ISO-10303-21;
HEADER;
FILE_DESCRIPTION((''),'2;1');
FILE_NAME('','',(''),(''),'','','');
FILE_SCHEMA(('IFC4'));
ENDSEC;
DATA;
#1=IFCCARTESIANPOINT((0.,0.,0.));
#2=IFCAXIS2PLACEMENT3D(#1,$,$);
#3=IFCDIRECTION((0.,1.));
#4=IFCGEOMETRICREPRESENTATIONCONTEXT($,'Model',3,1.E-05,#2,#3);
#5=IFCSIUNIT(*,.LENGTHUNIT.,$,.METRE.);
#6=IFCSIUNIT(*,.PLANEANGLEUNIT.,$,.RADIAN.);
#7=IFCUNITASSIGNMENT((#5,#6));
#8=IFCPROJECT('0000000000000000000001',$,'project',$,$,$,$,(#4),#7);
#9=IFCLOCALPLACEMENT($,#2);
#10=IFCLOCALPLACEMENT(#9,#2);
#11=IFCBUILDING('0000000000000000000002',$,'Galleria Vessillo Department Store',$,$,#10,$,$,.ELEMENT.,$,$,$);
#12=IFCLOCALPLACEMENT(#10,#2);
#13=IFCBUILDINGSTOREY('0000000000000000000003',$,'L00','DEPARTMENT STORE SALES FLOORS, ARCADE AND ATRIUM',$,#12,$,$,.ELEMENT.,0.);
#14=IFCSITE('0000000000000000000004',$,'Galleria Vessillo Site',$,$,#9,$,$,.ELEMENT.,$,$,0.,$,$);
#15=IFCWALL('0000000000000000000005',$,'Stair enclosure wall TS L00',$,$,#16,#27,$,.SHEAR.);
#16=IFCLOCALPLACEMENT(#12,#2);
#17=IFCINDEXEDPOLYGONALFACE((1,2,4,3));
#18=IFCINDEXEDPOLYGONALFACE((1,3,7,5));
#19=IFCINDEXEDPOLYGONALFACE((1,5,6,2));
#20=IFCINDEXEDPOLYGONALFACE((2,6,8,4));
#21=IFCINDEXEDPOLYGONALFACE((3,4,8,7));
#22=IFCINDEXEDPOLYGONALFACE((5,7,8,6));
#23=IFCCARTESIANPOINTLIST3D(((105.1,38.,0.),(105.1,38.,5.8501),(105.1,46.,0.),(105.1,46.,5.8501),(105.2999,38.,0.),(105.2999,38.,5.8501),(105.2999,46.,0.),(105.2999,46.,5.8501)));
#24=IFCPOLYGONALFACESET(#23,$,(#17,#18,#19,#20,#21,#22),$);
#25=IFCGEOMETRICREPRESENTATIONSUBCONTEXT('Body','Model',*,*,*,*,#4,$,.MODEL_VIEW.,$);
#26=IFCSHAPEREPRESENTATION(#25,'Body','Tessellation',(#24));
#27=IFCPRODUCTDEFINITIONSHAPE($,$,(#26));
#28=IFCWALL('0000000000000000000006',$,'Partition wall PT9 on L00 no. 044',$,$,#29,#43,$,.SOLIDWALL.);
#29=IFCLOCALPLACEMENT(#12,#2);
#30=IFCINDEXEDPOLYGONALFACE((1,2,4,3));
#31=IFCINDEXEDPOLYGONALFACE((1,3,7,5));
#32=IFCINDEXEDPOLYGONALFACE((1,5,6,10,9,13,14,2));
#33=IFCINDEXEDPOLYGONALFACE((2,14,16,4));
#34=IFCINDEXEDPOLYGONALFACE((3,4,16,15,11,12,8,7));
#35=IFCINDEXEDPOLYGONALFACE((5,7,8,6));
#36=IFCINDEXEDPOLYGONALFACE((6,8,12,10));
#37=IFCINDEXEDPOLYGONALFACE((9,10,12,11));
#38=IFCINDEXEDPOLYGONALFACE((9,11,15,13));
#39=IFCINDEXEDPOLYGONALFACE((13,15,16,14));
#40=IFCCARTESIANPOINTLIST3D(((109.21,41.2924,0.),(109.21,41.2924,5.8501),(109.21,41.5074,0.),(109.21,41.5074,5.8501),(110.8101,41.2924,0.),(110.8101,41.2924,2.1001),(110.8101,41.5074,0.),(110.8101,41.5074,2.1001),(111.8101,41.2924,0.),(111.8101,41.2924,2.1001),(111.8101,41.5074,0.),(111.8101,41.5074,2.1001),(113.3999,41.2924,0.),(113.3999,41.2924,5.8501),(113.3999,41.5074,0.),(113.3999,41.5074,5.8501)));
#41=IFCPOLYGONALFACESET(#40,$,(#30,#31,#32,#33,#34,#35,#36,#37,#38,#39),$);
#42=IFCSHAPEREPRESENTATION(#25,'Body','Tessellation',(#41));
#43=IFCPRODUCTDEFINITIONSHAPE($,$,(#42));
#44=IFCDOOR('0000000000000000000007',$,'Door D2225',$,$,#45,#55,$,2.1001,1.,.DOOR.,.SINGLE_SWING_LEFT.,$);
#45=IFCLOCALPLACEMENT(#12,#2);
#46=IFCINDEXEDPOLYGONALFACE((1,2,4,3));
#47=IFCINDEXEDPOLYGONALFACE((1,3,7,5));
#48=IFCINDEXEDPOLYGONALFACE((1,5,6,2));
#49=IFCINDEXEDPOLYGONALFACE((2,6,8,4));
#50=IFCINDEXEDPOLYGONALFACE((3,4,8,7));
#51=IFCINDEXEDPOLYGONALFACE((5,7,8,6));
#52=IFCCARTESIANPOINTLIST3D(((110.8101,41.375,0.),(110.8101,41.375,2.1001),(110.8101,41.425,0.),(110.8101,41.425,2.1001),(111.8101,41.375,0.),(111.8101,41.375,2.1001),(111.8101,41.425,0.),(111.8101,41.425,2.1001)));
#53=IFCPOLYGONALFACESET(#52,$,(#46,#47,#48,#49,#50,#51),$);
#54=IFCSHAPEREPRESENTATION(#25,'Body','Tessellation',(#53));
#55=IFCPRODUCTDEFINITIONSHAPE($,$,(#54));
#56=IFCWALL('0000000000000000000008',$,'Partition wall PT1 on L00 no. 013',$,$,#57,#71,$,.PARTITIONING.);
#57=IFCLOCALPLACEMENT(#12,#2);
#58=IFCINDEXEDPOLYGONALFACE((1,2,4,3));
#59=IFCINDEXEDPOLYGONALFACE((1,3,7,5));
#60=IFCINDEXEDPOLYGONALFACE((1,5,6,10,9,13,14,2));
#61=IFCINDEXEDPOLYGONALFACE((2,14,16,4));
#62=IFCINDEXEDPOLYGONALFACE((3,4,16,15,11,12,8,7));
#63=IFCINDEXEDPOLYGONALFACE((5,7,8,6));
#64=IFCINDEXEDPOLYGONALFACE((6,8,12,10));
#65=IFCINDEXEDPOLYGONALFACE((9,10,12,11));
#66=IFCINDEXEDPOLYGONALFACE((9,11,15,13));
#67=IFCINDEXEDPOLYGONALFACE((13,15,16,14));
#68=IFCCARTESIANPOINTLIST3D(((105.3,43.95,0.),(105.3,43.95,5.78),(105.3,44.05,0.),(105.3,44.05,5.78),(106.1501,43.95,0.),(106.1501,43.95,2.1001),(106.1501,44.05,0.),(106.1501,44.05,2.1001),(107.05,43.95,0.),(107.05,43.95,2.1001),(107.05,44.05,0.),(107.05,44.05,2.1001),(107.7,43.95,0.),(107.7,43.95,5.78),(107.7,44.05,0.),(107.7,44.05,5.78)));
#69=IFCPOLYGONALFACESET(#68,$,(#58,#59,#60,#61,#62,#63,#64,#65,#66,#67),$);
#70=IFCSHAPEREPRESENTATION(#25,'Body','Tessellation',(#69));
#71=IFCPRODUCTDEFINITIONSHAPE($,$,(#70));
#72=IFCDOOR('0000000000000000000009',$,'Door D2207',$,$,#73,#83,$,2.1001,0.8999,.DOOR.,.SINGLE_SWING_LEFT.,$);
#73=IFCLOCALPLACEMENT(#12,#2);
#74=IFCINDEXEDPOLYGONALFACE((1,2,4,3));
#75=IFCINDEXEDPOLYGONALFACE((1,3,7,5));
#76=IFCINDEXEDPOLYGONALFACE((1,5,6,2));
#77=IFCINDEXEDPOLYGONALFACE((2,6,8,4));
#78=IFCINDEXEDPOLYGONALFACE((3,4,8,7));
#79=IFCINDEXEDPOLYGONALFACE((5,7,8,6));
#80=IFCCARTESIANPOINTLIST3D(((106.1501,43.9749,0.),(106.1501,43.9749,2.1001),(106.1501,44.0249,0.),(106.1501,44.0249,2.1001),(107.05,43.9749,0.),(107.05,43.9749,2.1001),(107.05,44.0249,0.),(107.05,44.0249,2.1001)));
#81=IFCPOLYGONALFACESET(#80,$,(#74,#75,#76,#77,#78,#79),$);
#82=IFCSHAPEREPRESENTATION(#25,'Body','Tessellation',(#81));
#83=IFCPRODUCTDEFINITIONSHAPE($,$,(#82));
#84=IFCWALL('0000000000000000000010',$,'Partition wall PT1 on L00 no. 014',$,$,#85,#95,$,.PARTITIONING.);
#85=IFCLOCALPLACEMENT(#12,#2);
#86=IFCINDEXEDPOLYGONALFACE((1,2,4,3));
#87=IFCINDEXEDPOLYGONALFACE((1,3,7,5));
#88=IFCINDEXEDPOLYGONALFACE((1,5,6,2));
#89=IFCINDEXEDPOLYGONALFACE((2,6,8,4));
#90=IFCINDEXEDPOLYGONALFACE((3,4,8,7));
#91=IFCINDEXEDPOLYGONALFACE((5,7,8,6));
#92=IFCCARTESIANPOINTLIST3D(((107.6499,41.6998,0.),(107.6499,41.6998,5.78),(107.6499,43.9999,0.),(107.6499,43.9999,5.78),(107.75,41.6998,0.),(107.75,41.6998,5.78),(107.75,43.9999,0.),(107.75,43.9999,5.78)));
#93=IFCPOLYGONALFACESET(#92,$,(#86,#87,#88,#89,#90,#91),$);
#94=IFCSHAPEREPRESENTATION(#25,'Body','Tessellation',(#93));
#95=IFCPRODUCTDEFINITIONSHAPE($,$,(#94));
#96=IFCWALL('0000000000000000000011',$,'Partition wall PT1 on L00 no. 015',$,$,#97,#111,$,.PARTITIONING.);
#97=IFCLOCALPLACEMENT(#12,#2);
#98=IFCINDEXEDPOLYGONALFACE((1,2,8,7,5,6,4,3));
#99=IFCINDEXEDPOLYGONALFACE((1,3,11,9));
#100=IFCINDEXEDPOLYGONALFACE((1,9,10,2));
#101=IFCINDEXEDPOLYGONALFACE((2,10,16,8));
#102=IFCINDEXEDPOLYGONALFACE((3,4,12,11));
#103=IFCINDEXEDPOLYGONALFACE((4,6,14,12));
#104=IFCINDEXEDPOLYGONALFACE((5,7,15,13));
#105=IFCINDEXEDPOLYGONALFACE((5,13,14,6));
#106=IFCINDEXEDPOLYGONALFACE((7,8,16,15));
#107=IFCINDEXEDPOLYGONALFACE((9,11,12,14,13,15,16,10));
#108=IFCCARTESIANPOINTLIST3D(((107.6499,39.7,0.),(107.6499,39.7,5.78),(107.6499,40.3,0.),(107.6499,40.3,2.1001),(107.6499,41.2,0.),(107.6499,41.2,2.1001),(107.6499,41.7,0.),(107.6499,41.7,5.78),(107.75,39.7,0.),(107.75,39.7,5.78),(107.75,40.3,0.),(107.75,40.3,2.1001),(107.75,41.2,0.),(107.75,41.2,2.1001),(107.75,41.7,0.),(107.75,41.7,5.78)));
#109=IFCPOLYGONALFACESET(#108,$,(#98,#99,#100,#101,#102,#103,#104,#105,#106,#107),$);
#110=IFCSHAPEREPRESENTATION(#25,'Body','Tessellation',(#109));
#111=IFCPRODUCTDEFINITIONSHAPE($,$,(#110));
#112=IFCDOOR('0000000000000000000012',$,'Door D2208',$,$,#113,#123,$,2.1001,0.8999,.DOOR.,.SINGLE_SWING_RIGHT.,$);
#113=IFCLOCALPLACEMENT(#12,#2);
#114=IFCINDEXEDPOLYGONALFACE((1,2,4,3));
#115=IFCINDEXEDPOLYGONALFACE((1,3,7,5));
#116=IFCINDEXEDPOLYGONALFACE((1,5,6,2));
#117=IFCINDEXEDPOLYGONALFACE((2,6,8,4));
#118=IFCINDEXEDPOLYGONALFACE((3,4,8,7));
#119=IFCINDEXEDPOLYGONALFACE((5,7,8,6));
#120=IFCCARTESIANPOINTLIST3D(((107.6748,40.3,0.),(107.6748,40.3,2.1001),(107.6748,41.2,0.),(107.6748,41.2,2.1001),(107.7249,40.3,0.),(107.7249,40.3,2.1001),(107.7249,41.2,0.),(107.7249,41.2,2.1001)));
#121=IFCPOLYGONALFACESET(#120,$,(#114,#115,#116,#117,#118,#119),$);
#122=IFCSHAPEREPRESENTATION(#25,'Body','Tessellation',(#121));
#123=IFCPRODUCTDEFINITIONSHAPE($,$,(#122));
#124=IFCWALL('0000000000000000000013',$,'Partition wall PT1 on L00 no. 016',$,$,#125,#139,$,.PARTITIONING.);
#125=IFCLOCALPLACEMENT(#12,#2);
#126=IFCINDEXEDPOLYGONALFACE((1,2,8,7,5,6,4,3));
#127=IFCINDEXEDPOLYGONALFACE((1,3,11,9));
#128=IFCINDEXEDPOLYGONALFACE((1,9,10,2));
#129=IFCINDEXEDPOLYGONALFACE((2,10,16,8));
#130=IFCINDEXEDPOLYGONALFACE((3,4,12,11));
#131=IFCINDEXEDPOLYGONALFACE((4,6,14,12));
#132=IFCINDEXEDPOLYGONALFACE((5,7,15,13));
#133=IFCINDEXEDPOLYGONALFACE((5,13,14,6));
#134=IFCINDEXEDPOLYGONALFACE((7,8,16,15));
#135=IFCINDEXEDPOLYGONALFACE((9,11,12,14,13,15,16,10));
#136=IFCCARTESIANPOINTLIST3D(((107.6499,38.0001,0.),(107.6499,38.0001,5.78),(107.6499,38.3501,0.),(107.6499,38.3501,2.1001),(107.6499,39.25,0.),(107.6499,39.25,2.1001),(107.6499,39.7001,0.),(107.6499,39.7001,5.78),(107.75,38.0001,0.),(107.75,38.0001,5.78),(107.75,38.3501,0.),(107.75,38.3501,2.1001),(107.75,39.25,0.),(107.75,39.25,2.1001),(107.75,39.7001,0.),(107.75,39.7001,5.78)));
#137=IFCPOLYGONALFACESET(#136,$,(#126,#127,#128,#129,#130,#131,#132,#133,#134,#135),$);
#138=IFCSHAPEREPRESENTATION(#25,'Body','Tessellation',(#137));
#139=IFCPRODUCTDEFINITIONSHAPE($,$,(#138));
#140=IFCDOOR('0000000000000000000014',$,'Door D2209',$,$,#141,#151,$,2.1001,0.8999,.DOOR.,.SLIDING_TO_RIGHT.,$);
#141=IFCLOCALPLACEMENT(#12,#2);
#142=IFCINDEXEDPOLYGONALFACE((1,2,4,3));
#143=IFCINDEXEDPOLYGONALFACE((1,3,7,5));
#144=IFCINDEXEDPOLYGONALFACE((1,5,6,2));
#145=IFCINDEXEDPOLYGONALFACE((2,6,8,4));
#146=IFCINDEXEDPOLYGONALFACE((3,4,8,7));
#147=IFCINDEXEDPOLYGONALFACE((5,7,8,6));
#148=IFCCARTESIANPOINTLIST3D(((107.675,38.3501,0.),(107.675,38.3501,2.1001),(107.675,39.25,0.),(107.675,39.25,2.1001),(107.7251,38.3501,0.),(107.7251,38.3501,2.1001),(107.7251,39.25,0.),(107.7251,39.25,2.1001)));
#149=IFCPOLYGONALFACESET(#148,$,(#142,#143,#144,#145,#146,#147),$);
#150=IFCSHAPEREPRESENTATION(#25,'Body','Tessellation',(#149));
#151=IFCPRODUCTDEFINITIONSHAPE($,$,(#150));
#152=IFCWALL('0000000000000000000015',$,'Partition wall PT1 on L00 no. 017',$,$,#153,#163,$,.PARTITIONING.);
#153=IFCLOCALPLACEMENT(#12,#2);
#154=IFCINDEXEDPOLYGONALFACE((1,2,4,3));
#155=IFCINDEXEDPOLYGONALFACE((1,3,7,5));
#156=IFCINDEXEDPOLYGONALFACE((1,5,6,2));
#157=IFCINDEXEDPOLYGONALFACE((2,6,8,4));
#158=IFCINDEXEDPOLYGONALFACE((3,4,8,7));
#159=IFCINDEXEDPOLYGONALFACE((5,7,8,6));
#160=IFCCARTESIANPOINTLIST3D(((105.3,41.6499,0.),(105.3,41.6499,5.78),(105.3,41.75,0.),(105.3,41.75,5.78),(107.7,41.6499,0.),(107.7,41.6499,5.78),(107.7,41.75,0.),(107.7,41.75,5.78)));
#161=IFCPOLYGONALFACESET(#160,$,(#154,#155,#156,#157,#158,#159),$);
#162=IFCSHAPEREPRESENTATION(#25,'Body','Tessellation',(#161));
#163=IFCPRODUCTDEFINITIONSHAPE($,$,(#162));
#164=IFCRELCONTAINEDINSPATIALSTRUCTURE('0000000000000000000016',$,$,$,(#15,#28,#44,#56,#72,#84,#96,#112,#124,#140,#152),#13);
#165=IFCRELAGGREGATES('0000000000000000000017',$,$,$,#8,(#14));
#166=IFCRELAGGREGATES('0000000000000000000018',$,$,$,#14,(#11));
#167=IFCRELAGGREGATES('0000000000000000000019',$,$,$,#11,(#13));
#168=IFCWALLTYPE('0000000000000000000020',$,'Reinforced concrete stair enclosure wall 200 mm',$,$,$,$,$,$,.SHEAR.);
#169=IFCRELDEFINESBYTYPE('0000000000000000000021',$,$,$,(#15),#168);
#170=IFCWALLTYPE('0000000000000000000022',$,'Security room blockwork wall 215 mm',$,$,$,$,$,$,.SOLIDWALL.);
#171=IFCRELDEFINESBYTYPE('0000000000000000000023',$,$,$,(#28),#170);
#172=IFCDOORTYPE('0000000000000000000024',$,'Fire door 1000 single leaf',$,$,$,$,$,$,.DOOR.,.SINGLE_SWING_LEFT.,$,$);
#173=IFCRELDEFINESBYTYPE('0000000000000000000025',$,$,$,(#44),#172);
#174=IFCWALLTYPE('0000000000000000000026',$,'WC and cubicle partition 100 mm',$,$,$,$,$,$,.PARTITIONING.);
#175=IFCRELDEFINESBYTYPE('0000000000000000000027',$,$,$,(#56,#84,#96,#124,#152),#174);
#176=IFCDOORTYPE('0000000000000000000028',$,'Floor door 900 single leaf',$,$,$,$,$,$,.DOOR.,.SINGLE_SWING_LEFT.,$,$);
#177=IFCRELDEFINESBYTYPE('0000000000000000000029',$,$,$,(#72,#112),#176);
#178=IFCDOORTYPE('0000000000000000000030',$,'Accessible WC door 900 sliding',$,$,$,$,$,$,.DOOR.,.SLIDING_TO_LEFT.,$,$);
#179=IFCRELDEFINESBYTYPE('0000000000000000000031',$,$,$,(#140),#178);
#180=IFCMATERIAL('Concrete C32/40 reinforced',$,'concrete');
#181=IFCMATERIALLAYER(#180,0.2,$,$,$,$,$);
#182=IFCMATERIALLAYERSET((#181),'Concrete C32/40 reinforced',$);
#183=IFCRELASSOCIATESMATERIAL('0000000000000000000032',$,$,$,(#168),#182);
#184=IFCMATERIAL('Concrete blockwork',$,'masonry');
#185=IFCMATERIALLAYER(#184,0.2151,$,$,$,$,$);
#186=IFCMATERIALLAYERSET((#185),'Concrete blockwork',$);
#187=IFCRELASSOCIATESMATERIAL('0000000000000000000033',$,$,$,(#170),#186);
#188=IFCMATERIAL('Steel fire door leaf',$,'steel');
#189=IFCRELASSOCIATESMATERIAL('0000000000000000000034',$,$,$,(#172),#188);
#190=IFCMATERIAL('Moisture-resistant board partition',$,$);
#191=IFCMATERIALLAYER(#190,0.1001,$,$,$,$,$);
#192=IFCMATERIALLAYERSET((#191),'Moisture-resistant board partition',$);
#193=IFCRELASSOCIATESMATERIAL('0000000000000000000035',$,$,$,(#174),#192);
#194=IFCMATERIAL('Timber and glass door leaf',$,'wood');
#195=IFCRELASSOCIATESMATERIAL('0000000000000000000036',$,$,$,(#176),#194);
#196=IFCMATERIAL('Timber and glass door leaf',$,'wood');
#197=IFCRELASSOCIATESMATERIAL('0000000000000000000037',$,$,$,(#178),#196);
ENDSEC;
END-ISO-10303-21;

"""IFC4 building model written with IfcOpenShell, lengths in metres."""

from ifc_helpers import new_model, si_unit, direction, frame, frame_2d, origin, place, context, subcontext, project, spatial, rectangle, extrude, material, layer, layer_set, type_object, element, fill, save


model = new_model("IFC4")

# Units and contexts
model_context = context("Model", 3, precision=1e-05, world=origin(), true_north=direction((0.0, 1.0)))
body_context = subcontext(model_context, "Body", "Model", "MODEL_VIEW")
ifc_project = project(units=[si_unit("LENGTHUNIT", "METRE"), si_unit("PLANEANGLEUNIT", "RADIAN")], contexts=[model_context])

# Site, building, storey
site_placement = place(None, origin())
site = spatial("IfcSite", under=ifc_project, at=site_placement, Name="Galleria Vessillo Site", CompositionType="ELEMENT", RefElevation=0.0)
building_placement = place(site_placement, origin())
building = spatial("IfcBuilding", under=site, at=building_placement, Name="Galleria Vessillo Department Store", CompositionType="ELEMENT")
storey_placement = place(building_placement, origin())
storey = spatial("IfcBuildingStorey", under=building, at=storey_placement, Name="L00", Description="DEPARTMENT STORE SALES FLOORS, ARCADE AND ATRIUM", CompositionType="ELEMENT", Elevation=0.0)

# Wall
ifc_material_1 = material(Name="Concrete C32/40 reinforced", Category="concrete")
ifc_layer_1 = layer(ifc_material_1, 0.2)
ifc_layer_set_1 = layer_set([ifc_layer_1], Name="Concrete C32/40 reinforced")
wall_type_1 = type_object("IfcWallType", Name="Reinforced concrete stair enclosure wall 200 mm", PredefinedType="SHEAR", material=ifc_layer_set_1)
wall_1_placement = place(storey_placement, frame((105.2, 38.0, 0.0), z_axis=(0.0, 0.0, 1.0), x_axis=(0.0, 1.0, 0.0)))
element("IfcWall", 1, at=wall_1_placement, inside=storey, type_object=wall_type_1, Name="Stair enclosure wall TS L00", PredefinedType="SHEAR", context=body_context, shape_type="SweptSolid", body=[
    extrude(rectangle(XDim=8.0, YDim=0.2, at=frame_2d((4.0, 0.0))), origin(), (0.0, 0.0, 1.0), 5.8501),
])

# Walls, openings, doors
ifc_material_2 = material(Name="Concrete blockwork", Category="masonry")
ifc_layer_2 = layer(ifc_material_2, 0.2151)
ifc_layer_set_2 = layer_set([ifc_layer_2], Name="Concrete blockwork")
wall_type_2 = type_object("IfcWallType", Name="Security room blockwork wall 215 mm", PredefinedType="SOLIDWALL", material=ifc_layer_set_2)
wall_2_placement = place(storey_placement, frame((109.21, 41.3999, 0.0), z_axis=(0.0, 0.0, 1.0), x_axis=(1.0, 0.0, 0.0)))
wall_2 = element("IfcWall", 2, at=wall_2_placement, inside=storey, type_object=wall_type_2, Name="Partition wall PT9 on L00 no. 044", PredefinedType="SOLIDWALL", context=body_context, shape_type="SweptSolid", body=[
    extrude(rectangle(XDim=4.1899, YDim=0.2151, at=frame_2d((2.095, 0.0))), origin(), (0.0, 0.0, 1.0), 5.8501),
])
opening_1_placement = place(wall_2_placement, frame((1.6001, 0.0, 0.0)))
opening_1 = element("IfcOpeningElement", 3, at=opening_1_placement, cuts=wall_2, PredefinedType="OPENING", context=body_context, shape_type="SweptSolid", body=[
    extrude(rectangle(XDim=1.0, YDim=2.1001, at=frame_2d((0.5, 1.05))), frame((0.0, 0.1177, 0.0), z_axis=(0.0, -1.0, 0.0), x_axis=(1.0, 0.0, 0.0)), (0.0, 0.0, 1.0), 0.2351),
])
ifc_material_3 = material(Name="Steel fire door leaf", Category="steel")
door_type_1 = type_object("IfcDoorType", Name="Fire door 1000 single leaf", OperationType="SINGLE_SWING_LEFT", PredefinedType="DOOR", material=ifc_material_3)
door_1_placement = place(opening_1_placement, frame((1.0, 0.0, 0.0), z_axis=(0.0, 0.0, 1.0), x_axis=(-1.0, 0.0, 0.0)))
door_1 = element("IfcDoor", 4, at=door_1_placement, inside=storey, type_object=door_type_1, Name="Door D2225", OperationType="SINGLE_SWING_LEFT", OverallHeight=2.1001, OverallWidth=1.0, PredefinedType="DOOR", context=body_context, shape_type="SweptSolid", body=[
    extrude(rectangle(XDim=1.0, YDim=2.1001, at=frame_2d((0.5, 1.05))), frame((0.0, 0.0249, 0.0), z_axis=(0.0, -1.0, 0.0), x_axis=(1.0, 0.0, 0.0)), (0.0, 0.0, 1.0), 0.05),
])
fill(opening_1, door_1)
ifc_material_4 = material(Name="Moisture-resistant board partition")
ifc_layer_3 = layer(ifc_material_4, 0.1001)
ifc_layer_set_3 = layer_set([ifc_layer_3], Name="Moisture-resistant board partition")
wall_type_3 = type_object("IfcWallType", Name="WC and cubicle partition 100 mm", PredefinedType="PARTITIONING", material=ifc_layer_set_3)
wall_3_placement = place(storey_placement, frame((105.3, 44.0, 0.0), z_axis=(0.0, 0.0, 1.0), x_axis=(1.0, 0.0, 0.0)))
wall_3 = element("IfcWall", 5, at=wall_3_placement, inside=storey, type_object=wall_type_3, Name="Partition wall PT1 on L00 no. 013", PredefinedType="PARTITIONING", context=body_context, shape_type="SweptSolid", body=[
    extrude(rectangle(XDim=2.3999, YDim=0.1001, at=frame_2d((1.2, 0.0))), origin(), (0.0, 0.0, 1.0), 5.78),
])
opening_2_placement = place(wall_3_placement, frame((0.8501, 0.0, 0.0)))
opening_2 = element("IfcOpeningElement", 6, at=opening_2_placement, cuts=wall_3, PredefinedType="OPENING", context=body_context, shape_type="SweptSolid", body=[
    extrude(rectangle(XDim=0.8999, YDim=2.1001, at=frame_2d((0.45, 1.05))), frame((0.0, 0.0601, 0.0), z_axis=(0.0, -1.0, 0.0), x_axis=(1.0, 0.0, 0.0)), (0.0, 0.0, 1.0), 0.1201),
])
ifc_material_5 = material(Name="Timber and glass door leaf", Category="wood")
door_type_2 = type_object("IfcDoorType", Name="Floor door 900 single leaf", OperationType="SINGLE_SWING_LEFT", PredefinedType="DOOR", material=ifc_material_5)
door_2_placement = place(opening_2_placement, origin())
door_2 = element("IfcDoor", 7, at=door_2_placement, inside=storey, type_object=door_type_2, Name="Door D2207", OperationType="SINGLE_SWING_LEFT", OverallHeight=2.1001, OverallWidth=0.8999, PredefinedType="DOOR", context=body_context, shape_type="SweptSolid", body=[
    extrude(rectangle(XDim=0.8999, YDim=2.1001, at=frame_2d((0.45, 1.05))), frame((0.0, 0.0249, 0.0), z_axis=(0.0, -1.0, 0.0), x_axis=(1.0, 0.0, 0.0)), (0.0, 0.0, 1.0), 0.05),
])
fill(opening_2, door_2)

# Wall
wall_4_placement = place(storey_placement, frame((107.7, 41.7, 0.0), z_axis=(0.0, 0.0, 1.0), x_axis=(0.0, 1.0, 0.0)))
element("IfcWall", 8, at=wall_4_placement, inside=storey, type_object=wall_type_3, Name="Partition wall PT1 on L00 no. 014", PredefinedType="PARTITIONING", context=body_context, shape_type="SweptSolid", body=[
    extrude(rectangle(XDim=2.3, YDim=0.1001, at=frame_2d((1.1499, 0.0))), origin(), (0.0, 0.0, 1.0), 5.78),
])

# Walls, openings, doors
wall_5_placement = place(storey_placement, frame((107.7, 39.7, 0.0), z_axis=(0.0, 0.0, 1.0), x_axis=(0.0, 1.0, 0.0)))
wall_5 = element("IfcWall", 9, at=wall_5_placement, inside=storey, type_object=wall_type_3, Name="Partition wall PT1 on L00 no. 015", PredefinedType="PARTITIONING", context=body_context, shape_type="SweptSolid", body=[
    extrude(rectangle(XDim=2.0, YDim=0.1001, at=frame_2d((1.0, 0.0))), origin(), (0.0, 0.0, 1.0), 5.78),
])
opening_3_placement = place(wall_5_placement, frame((0.6001, 0.0, 0.0)))
opening_3 = element("IfcOpeningElement", 10, at=opening_3_placement, cuts=wall_5, PredefinedType="OPENING", context=body_context, shape_type="SweptSolid", body=[
    extrude(rectangle(XDim=0.8999, YDim=2.1001, at=frame_2d((0.45, 1.05))), frame((0.0, 0.0601, 0.0), z_axis=(0.0, -1.0, 0.0), x_axis=(1.0, 0.0, 0.0)), (0.0, 0.0, 1.0), 0.1201),
])
door_3_placement = place(opening_3_placement, frame((0.8999, 0.0, 0.0), z_axis=(0.0, 0.0, 1.0), x_axis=(-1.0, 0.0, 0.0)))
door_3 = element("IfcDoor", 11, at=door_3_placement, inside=storey, type_object=door_type_2, Name="Door D2208", OperationType="SINGLE_SWING_RIGHT", OverallHeight=2.1001, OverallWidth=0.8999, PredefinedType="DOOR", context=body_context, shape_type="SweptSolid", body=[
    extrude(rectangle(XDim=0.8999, YDim=2.1001, at=frame_2d((0.45, 1.05))), frame((0.0, 0.0249, 0.0), z_axis=(0.0, -1.0, 0.0), x_axis=(1.0, 0.0, 0.0)), (0.0, 0.0, 1.0), 0.05),
])
fill(opening_3, door_3)
wall_6_placement = place(storey_placement, frame((107.7, 38.0, 0.0), z_axis=(0.0, 0.0, 1.0), x_axis=(0.0, 1.0, 0.0)))
wall_6 = element("IfcWall", 12, at=wall_6_placement, inside=storey, type_object=wall_type_3, Name="Partition wall PT1 on L00 no. 016", PredefinedType="PARTITIONING", context=body_context, shape_type="SweptSolid", body=[
    extrude(rectangle(XDim=1.7, YDim=0.1001, at=frame_2d((0.8501, 0.0))), origin(), (0.0, 0.0, 1.0), 5.78),
])
opening_4_placement = place(wall_6_placement, frame((0.3501, 0.0, 0.0)))
opening_4 = element("IfcOpeningElement", 13, at=opening_4_placement, cuts=wall_6, PredefinedType="OPENING", context=body_context, shape_type="SweptSolid", body=[
    extrude(rectangle(XDim=0.8999, YDim=2.1001, at=frame_2d((0.45, 1.05))), frame((0.0, 0.0601, 0.0), z_axis=(0.0, -1.0, 0.0), x_axis=(1.0, 0.0, 0.0)), (0.0, 0.0, 1.0), 0.1201),
])
ifc_material_6 = material(Name="Timber and glass door leaf", Category="wood")
door_type_3 = type_object("IfcDoorType", Name="Accessible WC door 900 sliding", OperationType="SLIDING_TO_LEFT", PredefinedType="DOOR", material=ifc_material_6)
door_4_placement = place(opening_4_placement, origin())
door_4 = element("IfcDoor", 14, at=door_4_placement, inside=storey, type_object=door_type_3, Name="Door D2209", OperationType="SLIDING_TO_RIGHT", OverallHeight=2.1001, OverallWidth=0.8999, PredefinedType="DOOR", context=body_context, shape_type="SweptSolid", body=[
    extrude(rectangle(XDim=0.8999, YDim=2.1001, at=frame_2d((0.45, 1.05))), frame((0.0, 0.0249, 0.0), z_axis=(0.0, -1.0, 0.0), x_axis=(1.0, 0.0, 0.0)), (0.0, 0.0, 1.0), 0.05),
])
fill(opening_4, door_4)

# Wall
for number, where, z_axis, x_axis, name in (
    (15, (105.3, 41.7, 0.0), (0.0, 0.0, 1.0), (1.0, 0.0, 0.0), "Partition wall PT1 on L00 no. 017"),
):
    element("IfcWall", number, at=place(storey_placement, frame(where, z_axis=z_axis, x_axis=x_axis)), inside=storey, type_object=wall_type_3, Name=name, PredefinedType="PARTITIONING", context=body_context, shape_type="SweptSolid", body=[
        extrude(rectangle(XDim=2.3999, YDim=0.1001, at=frame_2d((1.2, 0.0))), origin(), (0.0, 0.0, 1.0), 5.78),
    ])

save(model, "model.ifc")
